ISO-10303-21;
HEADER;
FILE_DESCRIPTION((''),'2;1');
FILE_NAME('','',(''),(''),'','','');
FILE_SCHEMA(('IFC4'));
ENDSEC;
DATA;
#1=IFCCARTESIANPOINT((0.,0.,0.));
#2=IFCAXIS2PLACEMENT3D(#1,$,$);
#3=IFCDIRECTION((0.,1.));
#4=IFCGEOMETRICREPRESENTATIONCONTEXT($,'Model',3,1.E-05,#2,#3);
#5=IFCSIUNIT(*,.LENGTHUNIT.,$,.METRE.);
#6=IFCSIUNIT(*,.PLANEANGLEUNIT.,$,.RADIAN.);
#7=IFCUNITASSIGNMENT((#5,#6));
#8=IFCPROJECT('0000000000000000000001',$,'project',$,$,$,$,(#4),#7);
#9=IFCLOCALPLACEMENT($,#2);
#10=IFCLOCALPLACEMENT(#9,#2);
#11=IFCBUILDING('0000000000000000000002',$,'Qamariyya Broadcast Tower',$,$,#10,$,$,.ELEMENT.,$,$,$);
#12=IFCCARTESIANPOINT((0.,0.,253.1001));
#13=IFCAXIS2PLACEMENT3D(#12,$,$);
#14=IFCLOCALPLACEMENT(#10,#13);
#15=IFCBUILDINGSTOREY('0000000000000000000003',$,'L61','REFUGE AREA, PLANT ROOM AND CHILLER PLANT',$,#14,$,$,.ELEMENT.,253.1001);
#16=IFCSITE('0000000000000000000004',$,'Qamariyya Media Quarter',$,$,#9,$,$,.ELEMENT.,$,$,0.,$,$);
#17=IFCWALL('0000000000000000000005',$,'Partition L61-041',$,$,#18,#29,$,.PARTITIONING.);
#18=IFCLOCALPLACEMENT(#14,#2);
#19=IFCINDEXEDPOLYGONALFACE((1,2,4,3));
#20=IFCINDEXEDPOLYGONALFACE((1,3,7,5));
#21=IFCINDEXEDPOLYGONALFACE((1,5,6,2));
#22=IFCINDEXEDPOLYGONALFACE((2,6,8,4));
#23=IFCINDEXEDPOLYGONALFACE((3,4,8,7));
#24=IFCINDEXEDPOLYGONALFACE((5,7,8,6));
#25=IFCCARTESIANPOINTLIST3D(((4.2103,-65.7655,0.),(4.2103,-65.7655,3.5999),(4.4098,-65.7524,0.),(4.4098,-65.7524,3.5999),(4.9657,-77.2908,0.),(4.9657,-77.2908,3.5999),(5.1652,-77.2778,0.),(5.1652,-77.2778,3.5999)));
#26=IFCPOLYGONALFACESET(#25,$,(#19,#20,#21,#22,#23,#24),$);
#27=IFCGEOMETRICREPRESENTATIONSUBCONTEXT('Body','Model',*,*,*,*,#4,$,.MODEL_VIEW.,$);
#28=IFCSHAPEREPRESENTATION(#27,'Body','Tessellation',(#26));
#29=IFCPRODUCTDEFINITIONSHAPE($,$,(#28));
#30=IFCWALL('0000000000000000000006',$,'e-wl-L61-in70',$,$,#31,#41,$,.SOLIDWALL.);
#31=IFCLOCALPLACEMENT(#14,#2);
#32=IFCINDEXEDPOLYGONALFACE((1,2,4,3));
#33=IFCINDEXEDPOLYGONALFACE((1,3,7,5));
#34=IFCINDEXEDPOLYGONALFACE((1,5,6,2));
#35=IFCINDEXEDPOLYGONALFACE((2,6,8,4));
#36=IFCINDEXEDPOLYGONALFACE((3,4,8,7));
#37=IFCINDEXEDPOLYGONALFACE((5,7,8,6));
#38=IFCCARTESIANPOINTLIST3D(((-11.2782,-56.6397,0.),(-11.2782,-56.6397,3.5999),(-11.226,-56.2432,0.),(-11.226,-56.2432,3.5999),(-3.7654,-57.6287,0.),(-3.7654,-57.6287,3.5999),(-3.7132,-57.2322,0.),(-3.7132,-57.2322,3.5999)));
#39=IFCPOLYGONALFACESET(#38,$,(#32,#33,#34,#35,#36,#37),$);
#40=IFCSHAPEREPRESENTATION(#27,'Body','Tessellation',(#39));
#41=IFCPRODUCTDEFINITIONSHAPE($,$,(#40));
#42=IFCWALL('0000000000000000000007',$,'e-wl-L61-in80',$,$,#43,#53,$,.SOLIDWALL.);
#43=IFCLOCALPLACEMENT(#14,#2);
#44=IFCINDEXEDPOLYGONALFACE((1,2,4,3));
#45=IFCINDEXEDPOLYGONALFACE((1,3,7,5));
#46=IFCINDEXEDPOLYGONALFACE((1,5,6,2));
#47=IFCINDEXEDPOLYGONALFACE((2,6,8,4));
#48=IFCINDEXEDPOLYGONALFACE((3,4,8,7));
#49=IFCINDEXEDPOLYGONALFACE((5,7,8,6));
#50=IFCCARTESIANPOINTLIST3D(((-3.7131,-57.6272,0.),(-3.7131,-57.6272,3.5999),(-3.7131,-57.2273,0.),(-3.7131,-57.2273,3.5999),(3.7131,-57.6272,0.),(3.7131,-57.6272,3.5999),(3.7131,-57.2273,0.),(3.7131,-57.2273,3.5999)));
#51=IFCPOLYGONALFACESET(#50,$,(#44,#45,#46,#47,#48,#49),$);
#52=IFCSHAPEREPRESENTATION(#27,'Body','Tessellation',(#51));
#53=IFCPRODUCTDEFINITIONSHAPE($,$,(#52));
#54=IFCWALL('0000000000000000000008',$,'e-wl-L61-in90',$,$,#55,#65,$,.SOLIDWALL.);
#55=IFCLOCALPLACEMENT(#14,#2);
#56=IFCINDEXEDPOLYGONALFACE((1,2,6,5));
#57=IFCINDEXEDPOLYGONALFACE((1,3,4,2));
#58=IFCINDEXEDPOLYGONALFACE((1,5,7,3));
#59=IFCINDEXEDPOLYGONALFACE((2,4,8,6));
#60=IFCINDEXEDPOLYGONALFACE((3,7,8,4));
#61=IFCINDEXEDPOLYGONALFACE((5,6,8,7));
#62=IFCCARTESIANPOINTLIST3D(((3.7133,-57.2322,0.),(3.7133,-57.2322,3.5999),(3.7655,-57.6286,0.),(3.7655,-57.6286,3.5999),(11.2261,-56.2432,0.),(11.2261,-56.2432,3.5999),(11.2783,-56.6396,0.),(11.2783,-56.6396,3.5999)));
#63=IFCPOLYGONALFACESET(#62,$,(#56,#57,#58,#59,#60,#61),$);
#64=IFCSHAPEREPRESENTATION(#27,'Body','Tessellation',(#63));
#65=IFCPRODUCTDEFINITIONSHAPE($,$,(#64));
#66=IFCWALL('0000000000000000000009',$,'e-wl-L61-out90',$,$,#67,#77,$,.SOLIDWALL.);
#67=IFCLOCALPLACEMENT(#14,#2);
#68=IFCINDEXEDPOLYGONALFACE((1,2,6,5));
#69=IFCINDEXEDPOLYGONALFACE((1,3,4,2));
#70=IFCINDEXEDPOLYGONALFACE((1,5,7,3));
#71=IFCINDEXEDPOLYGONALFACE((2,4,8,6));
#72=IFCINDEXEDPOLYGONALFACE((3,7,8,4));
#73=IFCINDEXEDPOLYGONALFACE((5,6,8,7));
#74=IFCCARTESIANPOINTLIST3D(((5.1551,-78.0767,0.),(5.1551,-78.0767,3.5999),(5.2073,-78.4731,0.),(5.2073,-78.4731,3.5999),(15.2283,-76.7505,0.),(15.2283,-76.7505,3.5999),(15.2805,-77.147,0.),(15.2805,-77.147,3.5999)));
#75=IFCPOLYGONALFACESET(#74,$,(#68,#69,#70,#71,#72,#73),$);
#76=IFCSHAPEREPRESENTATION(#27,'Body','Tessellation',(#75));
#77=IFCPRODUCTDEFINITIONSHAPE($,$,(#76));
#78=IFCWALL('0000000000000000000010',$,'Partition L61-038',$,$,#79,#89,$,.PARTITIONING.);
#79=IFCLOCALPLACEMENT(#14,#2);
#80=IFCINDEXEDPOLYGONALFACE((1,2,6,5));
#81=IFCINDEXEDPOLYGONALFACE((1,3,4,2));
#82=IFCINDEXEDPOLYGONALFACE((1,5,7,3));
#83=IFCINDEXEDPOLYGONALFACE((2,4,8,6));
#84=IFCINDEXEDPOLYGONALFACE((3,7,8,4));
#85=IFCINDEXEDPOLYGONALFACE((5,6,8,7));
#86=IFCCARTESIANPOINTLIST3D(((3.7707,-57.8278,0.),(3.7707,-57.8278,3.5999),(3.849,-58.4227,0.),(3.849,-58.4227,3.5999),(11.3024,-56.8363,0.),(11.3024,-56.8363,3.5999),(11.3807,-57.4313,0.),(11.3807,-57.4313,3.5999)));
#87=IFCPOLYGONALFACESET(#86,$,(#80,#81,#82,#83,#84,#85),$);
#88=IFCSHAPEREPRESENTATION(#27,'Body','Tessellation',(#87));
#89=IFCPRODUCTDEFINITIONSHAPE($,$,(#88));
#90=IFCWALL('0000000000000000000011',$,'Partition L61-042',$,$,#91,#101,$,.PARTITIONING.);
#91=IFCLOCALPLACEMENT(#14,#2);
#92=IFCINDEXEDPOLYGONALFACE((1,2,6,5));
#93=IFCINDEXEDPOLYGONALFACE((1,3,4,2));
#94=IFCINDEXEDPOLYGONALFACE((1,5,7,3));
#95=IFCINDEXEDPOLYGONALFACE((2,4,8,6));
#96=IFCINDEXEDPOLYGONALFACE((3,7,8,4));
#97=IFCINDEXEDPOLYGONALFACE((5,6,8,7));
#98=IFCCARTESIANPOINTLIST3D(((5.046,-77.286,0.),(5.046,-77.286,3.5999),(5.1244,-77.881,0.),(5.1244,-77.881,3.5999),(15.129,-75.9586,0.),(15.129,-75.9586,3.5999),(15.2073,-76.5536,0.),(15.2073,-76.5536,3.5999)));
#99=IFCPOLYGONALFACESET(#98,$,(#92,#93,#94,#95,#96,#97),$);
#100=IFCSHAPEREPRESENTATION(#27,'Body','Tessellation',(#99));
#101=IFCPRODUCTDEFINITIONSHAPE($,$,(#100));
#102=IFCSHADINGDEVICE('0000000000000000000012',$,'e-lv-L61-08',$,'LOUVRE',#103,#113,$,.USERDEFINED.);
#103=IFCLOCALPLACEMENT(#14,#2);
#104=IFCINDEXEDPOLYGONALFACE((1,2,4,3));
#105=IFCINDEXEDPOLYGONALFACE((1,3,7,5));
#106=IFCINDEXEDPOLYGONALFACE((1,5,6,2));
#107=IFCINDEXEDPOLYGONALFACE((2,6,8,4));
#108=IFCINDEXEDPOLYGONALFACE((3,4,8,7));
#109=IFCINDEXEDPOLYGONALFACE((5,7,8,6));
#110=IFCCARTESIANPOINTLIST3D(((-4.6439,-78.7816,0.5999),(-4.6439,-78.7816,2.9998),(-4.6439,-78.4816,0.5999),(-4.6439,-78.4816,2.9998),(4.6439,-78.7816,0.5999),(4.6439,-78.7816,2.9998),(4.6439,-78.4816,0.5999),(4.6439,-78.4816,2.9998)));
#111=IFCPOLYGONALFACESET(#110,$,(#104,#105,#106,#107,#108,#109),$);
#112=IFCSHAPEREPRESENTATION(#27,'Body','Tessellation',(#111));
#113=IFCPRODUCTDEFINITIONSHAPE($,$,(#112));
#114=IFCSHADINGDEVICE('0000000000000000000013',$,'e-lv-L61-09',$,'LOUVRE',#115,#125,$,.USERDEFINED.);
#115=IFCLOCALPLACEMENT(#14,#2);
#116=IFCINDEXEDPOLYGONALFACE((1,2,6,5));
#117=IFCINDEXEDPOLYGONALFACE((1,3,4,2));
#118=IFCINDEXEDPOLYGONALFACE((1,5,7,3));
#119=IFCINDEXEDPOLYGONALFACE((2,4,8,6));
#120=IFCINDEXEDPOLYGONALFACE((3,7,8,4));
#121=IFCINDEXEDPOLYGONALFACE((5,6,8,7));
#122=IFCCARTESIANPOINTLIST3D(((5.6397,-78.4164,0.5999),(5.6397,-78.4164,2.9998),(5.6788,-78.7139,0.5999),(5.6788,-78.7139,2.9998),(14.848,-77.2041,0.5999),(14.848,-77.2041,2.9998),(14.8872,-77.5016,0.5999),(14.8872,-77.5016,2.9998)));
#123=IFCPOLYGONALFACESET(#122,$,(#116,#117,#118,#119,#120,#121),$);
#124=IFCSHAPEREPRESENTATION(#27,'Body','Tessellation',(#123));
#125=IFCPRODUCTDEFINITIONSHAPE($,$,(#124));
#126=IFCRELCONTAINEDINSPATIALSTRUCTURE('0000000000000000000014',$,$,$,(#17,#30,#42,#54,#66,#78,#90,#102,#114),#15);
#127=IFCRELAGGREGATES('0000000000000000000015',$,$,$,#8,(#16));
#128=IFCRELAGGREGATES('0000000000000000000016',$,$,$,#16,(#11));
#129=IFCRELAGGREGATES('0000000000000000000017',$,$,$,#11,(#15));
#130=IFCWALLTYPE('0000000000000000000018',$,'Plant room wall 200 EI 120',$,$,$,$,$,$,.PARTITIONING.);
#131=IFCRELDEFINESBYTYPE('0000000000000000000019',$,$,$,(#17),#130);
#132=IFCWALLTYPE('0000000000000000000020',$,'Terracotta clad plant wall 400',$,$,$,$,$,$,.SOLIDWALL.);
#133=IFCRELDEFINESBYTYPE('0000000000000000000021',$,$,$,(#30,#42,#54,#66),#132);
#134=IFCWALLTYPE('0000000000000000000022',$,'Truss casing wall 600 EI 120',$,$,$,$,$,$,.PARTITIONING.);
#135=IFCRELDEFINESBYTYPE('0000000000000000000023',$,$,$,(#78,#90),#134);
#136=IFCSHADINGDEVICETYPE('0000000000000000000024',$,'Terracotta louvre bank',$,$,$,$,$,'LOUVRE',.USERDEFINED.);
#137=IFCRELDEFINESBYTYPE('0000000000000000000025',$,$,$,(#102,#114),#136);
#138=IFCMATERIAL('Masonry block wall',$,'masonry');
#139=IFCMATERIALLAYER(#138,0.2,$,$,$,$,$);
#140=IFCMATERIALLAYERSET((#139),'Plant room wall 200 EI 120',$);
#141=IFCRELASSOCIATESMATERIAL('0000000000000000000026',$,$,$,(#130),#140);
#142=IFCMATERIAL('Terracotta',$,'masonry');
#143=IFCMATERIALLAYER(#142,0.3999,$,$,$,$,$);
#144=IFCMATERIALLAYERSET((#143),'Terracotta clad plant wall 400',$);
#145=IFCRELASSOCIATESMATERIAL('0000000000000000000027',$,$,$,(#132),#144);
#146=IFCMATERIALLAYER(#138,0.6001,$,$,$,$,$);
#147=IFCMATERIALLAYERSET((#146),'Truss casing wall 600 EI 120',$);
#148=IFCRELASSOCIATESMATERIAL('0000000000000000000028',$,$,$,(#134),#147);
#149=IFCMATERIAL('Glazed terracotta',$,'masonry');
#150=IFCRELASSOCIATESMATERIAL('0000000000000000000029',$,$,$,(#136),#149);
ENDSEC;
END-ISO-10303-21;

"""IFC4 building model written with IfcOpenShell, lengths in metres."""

from ifc_helpers import new_model, si_unit, direction, frame, frame_2d, origin, origin_2d, place, context, subcontext, project, spatial, rectangle, extrude, material, layer, layer_set, type_object, element, save


model = new_model("IFC4")

# Units and contexts
model_context = context("Model", 3, precision=1e-05, world=origin(), true_north=direction((0.0, 1.0)))
body_context = subcontext(model_context, "Body", "Model", "MODEL_VIEW")
ifc_project = project(units=[si_unit("LENGTHUNIT", "METRE"), si_unit("PLANEANGLEUNIT", "RADIAN")], contexts=[model_context])

# Site, building, storey
site_placement = place(None, origin())
site = spatial("IfcSite", under=ifc_project, at=site_placement, Name="Qamariyya Media Quarter", CompositionType="ELEMENT", RefElevation=0.0)
building_placement = place(site_placement, origin())
building = spatial("IfcBuilding", under=site, at=building_placement, Name="Qamariyya Broadcast Tower", CompositionType="ELEMENT")
storey_placement = place(building_placement, frame((0.0, 0.0, 253.1001)))
storey = spatial("IfcBuildingStorey", under=building, at=storey_placement, Name="L61", Description="REFUGE AREA, PLANT ROOM AND CHILLER PLANT", CompositionType="ELEMENT", Elevation=253.1001)

# Shared definitions
ifc_material_1 = material(Name="Masonry block wall", Category="masonry")
ifc_layer_1 = layer(ifc_material_1, 0.2)
ifc_layer_set_1 = layer_set([ifc_layer_1], Name="Plant room wall 200 EI 120")
wall_type_1 = type_object("IfcWallType", Name="Plant room wall 200 EI 120", PredefinedType="PARTITIONING", material=ifc_layer_set_1)

# Walls
wall_1_placement = place(storey_placement, frame((5.0654, -77.2842, 0.0), z_axis=(0.0, 0.0, 1.0), x_axis=(-0.065399, 0.997859, 0.0)))
element("IfcWall", 1, at=wall_1_placement, inside=storey, type_object=wall_type_1, Name="Partition L61-041", PredefinedType="PARTITIONING", context=body_context, shape_type="SweptSolid", body=[
    extrude(rectangle(XDim=11.55, YDim=0.2, at=frame_2d((5.7749, 0.0))), origin(), (0.0, 0.0, 1.0), 3.5999),
])
ifc_material_2 = material(Name="Terracotta", Category="masonry")
ifc_layer_2 = layer(ifc_material_2, 0.3999)
ifc_layer_set_2 = layer_set([ifc_layer_2], Name="Terracotta clad plant wall 400")
wall_type_2 = type_object("IfcWallType", Name="Terracotta clad plant wall 400", PredefinedType="SOLIDWALL", material=ifc_layer_set_2)
wall_2_placement = place(storey_placement, frame((-3.7393, -57.4304, 0.0), z_axis=(0.0, 0.0, 1.0), x_axis=(-0.991446, 0.130515, 0.0)))
element("IfcWall", 2, at=wall_2_placement, inside=storey, type_object=wall_type_2, Name="e-wl-L61-in70", PredefinedType="SOLIDWALL", context=body_context, shape_type="SweptSolid", body=[
    extrude(rectangle(XDim=7.5776, YDim=0.3999, at=frame_2d((3.7888, 0.0))), origin(), (0.0, 0.0, 1.0), 3.5999),
])
wall_3_placement = place(storey_placement, frame((3.7131, -57.4272, 0.0), z_axis=(0.0, 0.0, 1.0), x_axis=(-1.0, 0.0, 0.0)))
element("IfcWall", 3, at=wall_3_placement, inside=storey, type_object=wall_type_2, Name="e-wl-L61-in80", PredefinedType="SOLIDWALL", context=body_context, shape_type="SweptSolid", body=[
    extrude(rectangle(XDim=7.4263, YDim=0.3999, at=frame_2d((3.7131, 0.0))), origin(), (0.0, 0.0, 1.0), 3.5999),
])
wall_4_placement = place(storey_placement, frame((11.2522, -56.4414, 0.0), z_axis=(0.0, 0.0, 1.0), x_axis=(-0.991446, -0.130515, 0.0)))
element("IfcWall", 4, at=wall_4_placement, inside=storey, type_object=wall_type_2, Name="e-wl-L61-in90", PredefinedType="SOLIDWALL", context=body_context, shape_type="SweptSolid", body=[
    extrude(rectangle(XDim=7.5776, YDim=0.3999, at=frame_2d((3.7888, 0.0))), origin(), (0.0, 0.0, 1.0), 3.5999),
])
wall_5_placement = place(storey_placement, frame((5.1812, -78.2749, 0.0), z_axis=(0.0, 0.0, 1.0), x_axis=(0.991445, 0.130527, 0.0)))
element("IfcWall", 5, at=wall_5_placement, inside=storey, type_object=wall_type_2, Name="e-wl-L61-out90", PredefinedType="SOLIDWALL", context=body_context, shape_type="SweptSolid", body=[
    extrude(rectangle(XDim=10.1602, YDim=0.3999, at=frame_2d((5.0801, 0.0))), origin(), (0.0, 0.0, 1.0), 3.5999),
])
ifc_layer_3 = layer(ifc_material_1, 0.6001)
ifc_layer_set_3 = layer_set([ifc_layer_3], Name="Truss casing wall 600 EI 120")
wall_type_3 = type_object("IfcWallType", Name="Truss casing wall 600 EI 120", PredefinedType="PARTITIONING", material=ifc_layer_set_3)
wall_6_placement = place(storey_placement, frame((3.8098, -58.1252, 0.0), z_axis=(0.0, 0.0, 1.0), x_axis=(0.991447, 0.130511, 0.0)))
element("IfcWall", 6, at=wall_6_placement, inside=storey, type_object=wall_type_3, Name="Partition L61-038", PredefinedType="PARTITIONING", context=body_context, shape_type="SweptSolid", body=[
    extrude(rectangle(XDim=7.5967, YDim=0.6001, at=frame_2d((3.7983, 0.0))), origin(), (0.0, 0.0, 1.0), 3.5999),
])
wall_7_placement = place(storey_placement, frame((5.0852, -77.5835, 0.0), z_axis=(0.0, 0.0, 1.0), x_axis=(0.991446, 0.13052, 0.0)))
element("IfcWall", 7, at=wall_7_placement, inside=storey, type_object=wall_type_3, Name="Partition L61-042", PredefinedType="PARTITIONING", context=body_context, shape_type="SweptSolid", body=[
    extrude(rectangle(XDim=10.1699, YDim=0.6001, at=frame_2d((5.085, 0.0))), origin(), (0.0, 0.0, 1.0), 3.5999),
])

# Shading devices
ifc_material_3 = material(Name="Glazed terracotta", Category="masonry")
shading_device_type = type_object("IfcShadingDeviceType", Name="Terracotta louvre bank", ElementType="LOUVRE", PredefinedType="USERDEFINED", material=ifc_material_3)
for number, where, z_axis, x_axis, name in (
    (8, (0.0, -78.6316, 0.5999), (0.0, 0.0, 1.0), (1.0, 0.0, 0.0), "e-lv-L61-08"),
    (9, (10.2634, -77.959, 0.5999), (0.0, 0.0, 1.0), (0.991445, 0.130526, 0.0), "e-lv-L61-09"),
):
    element("IfcShadingDevice", number, at=place(storey_placement, frame(where, z_axis=z_axis, x_axis=x_axis)), inside=storey, type_object=shading_device_type, Name=name, ObjectType="LOUVRE", PredefinedType="USERDEFINED", context=body_context, shape_type="SweptSolid", body=[
        extrude(rectangle(XDim=9.2878, YDim=0.3, at=origin_2d()), origin(), (0.0, 0.0, 1.0), 2.3999),
    ])

save(model, "model.ifc")
